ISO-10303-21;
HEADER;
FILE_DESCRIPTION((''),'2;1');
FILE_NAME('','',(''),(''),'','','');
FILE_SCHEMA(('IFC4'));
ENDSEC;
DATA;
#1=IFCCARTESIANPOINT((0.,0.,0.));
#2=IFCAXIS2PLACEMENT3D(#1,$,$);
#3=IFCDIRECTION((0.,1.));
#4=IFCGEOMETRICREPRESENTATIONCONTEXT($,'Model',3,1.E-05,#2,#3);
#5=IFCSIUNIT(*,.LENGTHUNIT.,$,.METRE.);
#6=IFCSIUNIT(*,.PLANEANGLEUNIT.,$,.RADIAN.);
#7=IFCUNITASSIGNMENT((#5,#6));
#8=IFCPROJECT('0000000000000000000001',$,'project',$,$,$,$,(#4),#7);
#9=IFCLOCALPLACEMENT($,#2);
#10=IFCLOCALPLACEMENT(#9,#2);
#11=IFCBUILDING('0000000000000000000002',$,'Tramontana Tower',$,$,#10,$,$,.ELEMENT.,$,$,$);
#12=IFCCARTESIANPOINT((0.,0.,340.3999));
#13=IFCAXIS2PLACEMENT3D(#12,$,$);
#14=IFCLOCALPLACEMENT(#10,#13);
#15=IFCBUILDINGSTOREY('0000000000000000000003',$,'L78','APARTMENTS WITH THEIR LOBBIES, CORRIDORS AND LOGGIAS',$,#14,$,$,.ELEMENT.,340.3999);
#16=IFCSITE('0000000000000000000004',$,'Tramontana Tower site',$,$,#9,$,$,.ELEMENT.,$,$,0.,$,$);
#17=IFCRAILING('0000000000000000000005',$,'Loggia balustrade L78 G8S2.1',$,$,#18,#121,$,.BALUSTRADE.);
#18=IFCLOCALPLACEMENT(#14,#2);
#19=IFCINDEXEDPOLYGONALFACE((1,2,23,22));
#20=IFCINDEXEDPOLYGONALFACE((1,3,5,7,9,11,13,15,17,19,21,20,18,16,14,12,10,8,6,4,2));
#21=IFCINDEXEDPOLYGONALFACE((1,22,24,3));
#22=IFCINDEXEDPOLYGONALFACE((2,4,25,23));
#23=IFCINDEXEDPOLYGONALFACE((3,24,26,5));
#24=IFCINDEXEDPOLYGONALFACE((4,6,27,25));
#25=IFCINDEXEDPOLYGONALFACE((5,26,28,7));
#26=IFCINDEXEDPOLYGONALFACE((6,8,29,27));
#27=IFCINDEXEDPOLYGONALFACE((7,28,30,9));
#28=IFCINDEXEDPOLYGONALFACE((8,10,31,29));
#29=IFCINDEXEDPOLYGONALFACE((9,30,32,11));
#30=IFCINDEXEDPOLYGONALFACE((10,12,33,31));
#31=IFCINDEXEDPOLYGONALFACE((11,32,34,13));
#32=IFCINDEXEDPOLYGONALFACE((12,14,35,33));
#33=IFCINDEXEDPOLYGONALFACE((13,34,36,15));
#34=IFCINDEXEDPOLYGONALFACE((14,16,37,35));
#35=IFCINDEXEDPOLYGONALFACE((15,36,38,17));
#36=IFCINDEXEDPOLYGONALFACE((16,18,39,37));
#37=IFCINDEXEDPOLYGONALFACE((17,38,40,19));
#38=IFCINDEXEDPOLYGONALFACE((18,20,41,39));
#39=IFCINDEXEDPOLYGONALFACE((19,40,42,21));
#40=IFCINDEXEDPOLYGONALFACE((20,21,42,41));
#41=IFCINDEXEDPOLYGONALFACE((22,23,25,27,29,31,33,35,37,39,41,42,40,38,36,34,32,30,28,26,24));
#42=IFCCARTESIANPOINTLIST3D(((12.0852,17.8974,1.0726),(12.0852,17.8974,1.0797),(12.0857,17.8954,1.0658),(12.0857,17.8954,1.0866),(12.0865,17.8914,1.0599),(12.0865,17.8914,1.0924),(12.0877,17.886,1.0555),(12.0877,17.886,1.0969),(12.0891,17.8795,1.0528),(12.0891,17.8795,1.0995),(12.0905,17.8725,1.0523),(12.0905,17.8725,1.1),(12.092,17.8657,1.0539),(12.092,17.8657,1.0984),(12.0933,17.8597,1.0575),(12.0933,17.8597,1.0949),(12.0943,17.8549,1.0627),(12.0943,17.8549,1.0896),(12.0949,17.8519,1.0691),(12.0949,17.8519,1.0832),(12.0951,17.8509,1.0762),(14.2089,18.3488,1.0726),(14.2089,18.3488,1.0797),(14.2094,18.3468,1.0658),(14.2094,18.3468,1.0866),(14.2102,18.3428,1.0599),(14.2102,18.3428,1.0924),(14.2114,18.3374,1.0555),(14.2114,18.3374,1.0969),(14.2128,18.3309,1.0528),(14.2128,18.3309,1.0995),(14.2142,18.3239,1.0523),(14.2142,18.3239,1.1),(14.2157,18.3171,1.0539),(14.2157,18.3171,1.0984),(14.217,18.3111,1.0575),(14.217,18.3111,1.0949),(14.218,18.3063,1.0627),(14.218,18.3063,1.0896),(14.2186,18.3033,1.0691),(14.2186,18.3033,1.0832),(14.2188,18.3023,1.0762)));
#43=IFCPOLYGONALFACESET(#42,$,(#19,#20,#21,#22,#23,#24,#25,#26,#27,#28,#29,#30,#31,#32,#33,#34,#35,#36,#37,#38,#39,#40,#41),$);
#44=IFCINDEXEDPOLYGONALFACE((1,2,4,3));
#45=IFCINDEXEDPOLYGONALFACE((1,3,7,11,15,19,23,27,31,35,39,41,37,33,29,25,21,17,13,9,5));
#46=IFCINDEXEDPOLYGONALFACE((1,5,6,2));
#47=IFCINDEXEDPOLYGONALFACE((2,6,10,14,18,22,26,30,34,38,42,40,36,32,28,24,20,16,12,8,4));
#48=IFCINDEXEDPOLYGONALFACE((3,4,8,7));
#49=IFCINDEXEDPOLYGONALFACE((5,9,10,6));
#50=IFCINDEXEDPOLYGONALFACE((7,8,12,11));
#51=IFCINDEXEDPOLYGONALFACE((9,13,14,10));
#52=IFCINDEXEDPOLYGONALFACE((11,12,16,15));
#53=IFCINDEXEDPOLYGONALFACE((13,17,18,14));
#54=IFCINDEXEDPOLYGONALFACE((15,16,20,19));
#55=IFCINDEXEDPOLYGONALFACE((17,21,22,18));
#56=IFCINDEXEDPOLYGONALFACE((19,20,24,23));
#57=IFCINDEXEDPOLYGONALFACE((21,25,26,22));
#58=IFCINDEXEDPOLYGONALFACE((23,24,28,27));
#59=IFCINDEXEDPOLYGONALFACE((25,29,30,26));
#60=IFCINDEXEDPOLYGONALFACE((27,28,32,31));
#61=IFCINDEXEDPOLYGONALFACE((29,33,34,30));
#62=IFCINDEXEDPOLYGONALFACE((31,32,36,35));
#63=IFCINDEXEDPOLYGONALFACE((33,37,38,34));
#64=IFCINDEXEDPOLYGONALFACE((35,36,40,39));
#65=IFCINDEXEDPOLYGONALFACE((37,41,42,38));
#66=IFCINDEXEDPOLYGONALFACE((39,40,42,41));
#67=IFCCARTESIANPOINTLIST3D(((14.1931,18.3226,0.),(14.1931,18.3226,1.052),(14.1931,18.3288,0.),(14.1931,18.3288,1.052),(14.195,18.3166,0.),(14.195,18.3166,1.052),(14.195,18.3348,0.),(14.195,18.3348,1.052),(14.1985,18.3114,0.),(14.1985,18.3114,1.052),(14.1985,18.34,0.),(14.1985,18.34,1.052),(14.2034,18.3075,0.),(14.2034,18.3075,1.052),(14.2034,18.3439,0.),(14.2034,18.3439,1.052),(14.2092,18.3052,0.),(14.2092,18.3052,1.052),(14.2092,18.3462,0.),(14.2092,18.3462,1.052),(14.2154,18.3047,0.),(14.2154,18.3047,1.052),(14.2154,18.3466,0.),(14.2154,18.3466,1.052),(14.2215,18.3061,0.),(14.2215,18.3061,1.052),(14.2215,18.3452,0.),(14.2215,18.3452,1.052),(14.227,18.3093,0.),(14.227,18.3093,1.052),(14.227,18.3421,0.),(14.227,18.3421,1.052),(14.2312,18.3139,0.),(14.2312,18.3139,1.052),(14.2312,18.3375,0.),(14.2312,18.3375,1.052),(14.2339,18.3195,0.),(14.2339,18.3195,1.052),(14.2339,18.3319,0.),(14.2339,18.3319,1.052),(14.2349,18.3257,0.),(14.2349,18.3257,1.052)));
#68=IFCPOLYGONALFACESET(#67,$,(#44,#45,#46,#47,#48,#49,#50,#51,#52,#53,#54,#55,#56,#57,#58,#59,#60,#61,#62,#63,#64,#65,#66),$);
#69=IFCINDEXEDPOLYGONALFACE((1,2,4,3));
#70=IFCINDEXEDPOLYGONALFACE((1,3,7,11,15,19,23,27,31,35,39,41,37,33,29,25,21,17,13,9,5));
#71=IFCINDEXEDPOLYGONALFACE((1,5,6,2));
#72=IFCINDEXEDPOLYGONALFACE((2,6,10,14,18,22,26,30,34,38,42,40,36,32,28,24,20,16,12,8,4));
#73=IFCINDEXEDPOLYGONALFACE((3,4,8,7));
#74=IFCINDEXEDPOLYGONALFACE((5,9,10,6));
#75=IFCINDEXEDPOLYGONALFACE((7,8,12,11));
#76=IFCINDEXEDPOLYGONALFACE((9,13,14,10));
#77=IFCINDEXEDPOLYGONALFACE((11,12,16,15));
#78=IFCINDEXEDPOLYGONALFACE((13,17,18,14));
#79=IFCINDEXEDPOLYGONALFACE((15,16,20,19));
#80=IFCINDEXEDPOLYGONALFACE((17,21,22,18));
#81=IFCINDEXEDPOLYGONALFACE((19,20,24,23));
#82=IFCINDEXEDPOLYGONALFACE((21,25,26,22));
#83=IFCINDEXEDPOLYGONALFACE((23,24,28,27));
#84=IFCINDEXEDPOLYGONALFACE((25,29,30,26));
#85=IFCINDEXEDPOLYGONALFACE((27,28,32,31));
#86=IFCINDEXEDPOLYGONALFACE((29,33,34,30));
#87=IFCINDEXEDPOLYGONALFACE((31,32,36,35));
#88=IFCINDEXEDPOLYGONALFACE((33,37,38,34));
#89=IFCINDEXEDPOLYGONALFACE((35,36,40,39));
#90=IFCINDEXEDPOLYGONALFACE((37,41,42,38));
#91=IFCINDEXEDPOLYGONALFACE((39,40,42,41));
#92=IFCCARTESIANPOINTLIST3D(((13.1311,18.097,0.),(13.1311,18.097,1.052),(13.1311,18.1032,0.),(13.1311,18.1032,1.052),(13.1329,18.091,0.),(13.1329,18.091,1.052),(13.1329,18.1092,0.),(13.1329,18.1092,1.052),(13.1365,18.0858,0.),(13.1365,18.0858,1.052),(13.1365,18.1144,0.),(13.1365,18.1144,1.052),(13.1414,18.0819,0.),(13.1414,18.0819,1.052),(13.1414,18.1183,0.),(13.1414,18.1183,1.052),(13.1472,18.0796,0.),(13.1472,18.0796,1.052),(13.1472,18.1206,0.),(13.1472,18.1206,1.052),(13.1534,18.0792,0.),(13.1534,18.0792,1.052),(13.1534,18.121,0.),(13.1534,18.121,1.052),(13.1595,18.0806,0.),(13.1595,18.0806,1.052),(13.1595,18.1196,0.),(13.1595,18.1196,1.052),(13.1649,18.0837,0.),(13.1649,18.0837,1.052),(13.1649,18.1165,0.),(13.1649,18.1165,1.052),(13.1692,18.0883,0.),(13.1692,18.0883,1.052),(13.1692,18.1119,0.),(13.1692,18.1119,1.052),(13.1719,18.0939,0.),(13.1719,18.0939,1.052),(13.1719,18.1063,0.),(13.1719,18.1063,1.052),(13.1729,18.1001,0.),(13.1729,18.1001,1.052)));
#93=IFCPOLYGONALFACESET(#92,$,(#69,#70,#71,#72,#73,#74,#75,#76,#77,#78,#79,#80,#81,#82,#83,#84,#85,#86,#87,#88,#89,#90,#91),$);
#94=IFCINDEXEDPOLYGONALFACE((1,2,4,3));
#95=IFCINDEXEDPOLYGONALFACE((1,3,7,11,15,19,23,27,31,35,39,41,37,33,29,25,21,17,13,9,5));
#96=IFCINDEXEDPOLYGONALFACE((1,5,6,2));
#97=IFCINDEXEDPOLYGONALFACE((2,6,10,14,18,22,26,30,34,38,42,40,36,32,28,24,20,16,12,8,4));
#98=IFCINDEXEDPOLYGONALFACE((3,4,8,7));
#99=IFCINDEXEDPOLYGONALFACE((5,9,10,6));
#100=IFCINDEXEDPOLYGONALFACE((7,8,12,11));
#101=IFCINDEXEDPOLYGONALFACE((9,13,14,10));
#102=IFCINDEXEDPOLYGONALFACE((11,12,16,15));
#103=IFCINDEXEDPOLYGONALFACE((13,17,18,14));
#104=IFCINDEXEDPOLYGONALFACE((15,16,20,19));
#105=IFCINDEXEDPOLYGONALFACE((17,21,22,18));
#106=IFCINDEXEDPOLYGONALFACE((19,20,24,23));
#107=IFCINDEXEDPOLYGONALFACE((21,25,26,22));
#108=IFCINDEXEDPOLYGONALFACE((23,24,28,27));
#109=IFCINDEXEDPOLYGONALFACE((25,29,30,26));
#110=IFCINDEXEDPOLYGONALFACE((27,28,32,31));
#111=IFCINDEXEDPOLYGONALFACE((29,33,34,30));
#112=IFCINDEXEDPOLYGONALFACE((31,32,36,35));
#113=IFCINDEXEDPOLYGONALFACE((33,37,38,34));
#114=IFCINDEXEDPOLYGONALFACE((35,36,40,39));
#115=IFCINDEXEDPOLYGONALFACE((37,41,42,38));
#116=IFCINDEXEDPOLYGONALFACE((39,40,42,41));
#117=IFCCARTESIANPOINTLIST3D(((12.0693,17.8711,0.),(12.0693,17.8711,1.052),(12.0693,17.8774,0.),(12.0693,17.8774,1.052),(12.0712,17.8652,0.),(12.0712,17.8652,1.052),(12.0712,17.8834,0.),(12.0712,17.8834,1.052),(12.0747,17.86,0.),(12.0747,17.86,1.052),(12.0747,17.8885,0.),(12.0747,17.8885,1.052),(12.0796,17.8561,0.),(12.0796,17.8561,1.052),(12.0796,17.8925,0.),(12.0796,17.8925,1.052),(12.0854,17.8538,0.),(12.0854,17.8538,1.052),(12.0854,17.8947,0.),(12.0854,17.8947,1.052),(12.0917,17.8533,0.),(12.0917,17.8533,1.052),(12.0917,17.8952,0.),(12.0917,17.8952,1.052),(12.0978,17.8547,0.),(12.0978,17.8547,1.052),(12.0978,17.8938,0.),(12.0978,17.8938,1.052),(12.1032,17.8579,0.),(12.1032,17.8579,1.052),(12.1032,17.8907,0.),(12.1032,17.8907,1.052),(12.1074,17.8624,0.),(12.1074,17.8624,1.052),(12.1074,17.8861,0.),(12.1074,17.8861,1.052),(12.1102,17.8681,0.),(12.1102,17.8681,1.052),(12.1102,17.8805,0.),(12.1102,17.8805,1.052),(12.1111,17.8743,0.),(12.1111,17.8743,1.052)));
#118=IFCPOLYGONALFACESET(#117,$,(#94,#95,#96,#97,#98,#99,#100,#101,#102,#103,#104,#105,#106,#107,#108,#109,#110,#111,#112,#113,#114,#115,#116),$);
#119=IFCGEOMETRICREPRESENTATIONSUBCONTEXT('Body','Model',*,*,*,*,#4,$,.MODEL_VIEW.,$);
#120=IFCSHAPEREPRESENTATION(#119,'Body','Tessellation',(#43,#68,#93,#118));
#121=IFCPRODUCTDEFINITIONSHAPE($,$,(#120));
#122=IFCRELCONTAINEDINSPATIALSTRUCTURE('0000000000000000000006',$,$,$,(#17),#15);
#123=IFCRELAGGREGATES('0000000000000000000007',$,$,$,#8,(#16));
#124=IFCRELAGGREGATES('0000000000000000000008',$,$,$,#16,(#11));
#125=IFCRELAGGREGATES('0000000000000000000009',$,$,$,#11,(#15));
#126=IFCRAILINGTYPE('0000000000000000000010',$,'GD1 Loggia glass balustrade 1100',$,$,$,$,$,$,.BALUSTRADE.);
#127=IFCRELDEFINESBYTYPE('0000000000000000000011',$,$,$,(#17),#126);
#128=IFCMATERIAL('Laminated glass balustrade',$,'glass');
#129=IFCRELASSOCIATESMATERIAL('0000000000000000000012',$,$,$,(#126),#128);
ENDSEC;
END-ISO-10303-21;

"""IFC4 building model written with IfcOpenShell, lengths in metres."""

from ifc_helpers import new_model, si_unit, direction, frame, origin, origin_2d, place, context, subcontext, project, spatial, circle, extrude, material, type_object, element, save


model = new_model("IFC4")

# Units and contexts
model_context = context("Model", 3, precision=1e-05, world=origin(), true_north=direction((0.0, 1.0)))
body_context = subcontext(model_context, "Body", "Model", "MODEL_VIEW")
ifc_project = project(units=[si_unit("LENGTHUNIT", "METRE"), si_unit("PLANEANGLEUNIT", "RADIAN")], contexts=[model_context])

# Site, building, storey
site_placement = place(None, origin())
site = spatial("IfcSite", under=ifc_project, at=site_placement, Name="Tramontana Tower site", CompositionType="ELEMENT", RefElevation=0.0)
building_placement = place(site_placement, origin())
building = spatial("IfcBuilding", under=site, at=building_placement, Name="Tramontana Tower", CompositionType="ELEMENT")
storey_placement = place(building_placement, frame((0.0, 0.0, 340.3999)))
storey = spatial("IfcBuildingStorey", under=building, at=storey_placement, Name="L78", Description="APARTMENTS WITH THEIR LOBBIES, CORRIDORS AND LOGGIAS", CompositionType="ELEMENT", Elevation=340.3999)

# Railing
ifc_material_1 = material(Name="Laminated glass balustrade", Category="glass")
railing_type = type_object("IfcRailingType", Name="GD1 Loggia glass balustrade 1100", PredefinedType="BALUSTRADE", material=ifc_material_1)
railing_1_placement = place(storey_placement, frame((14.2139, 18.3257, 0.0)))
element("IfcRailing", 1, at=railing_1_placement, inside=storey, type_object=railing_type, Name="Loggia balustrade L78 G8S2.1", PredefinedType="BALUSTRADE", context=body_context, shape_type="SweptSolid", body=[
    extrude(circle(Radius=0.0239, at=origin_2d()), frame((0.0, 0.0, 1.0762), z_axis=(-0.978148, -0.207909, 0.0), x_axis=(0.207909, -0.978148, 0.0)), (0.0, 0.0, 1.0), 2.1711),
    extrude(circle(Radius=0.021, at=origin_2d()), origin(), (0.0, 0.0, 1.0), 1.052),
    extrude(circle(Radius=0.021, at=origin_2d()), frame((-1.062, -0.2256, 0.0)), (0.0, 0.0, 1.0), 1.052),
    extrude(circle(Radius=0.021, at=origin_2d()), frame((-2.1238, -0.4514, 0.0)), (0.0, 0.0, 1.0), 1.052),
])

save(model, "model.ifc")
